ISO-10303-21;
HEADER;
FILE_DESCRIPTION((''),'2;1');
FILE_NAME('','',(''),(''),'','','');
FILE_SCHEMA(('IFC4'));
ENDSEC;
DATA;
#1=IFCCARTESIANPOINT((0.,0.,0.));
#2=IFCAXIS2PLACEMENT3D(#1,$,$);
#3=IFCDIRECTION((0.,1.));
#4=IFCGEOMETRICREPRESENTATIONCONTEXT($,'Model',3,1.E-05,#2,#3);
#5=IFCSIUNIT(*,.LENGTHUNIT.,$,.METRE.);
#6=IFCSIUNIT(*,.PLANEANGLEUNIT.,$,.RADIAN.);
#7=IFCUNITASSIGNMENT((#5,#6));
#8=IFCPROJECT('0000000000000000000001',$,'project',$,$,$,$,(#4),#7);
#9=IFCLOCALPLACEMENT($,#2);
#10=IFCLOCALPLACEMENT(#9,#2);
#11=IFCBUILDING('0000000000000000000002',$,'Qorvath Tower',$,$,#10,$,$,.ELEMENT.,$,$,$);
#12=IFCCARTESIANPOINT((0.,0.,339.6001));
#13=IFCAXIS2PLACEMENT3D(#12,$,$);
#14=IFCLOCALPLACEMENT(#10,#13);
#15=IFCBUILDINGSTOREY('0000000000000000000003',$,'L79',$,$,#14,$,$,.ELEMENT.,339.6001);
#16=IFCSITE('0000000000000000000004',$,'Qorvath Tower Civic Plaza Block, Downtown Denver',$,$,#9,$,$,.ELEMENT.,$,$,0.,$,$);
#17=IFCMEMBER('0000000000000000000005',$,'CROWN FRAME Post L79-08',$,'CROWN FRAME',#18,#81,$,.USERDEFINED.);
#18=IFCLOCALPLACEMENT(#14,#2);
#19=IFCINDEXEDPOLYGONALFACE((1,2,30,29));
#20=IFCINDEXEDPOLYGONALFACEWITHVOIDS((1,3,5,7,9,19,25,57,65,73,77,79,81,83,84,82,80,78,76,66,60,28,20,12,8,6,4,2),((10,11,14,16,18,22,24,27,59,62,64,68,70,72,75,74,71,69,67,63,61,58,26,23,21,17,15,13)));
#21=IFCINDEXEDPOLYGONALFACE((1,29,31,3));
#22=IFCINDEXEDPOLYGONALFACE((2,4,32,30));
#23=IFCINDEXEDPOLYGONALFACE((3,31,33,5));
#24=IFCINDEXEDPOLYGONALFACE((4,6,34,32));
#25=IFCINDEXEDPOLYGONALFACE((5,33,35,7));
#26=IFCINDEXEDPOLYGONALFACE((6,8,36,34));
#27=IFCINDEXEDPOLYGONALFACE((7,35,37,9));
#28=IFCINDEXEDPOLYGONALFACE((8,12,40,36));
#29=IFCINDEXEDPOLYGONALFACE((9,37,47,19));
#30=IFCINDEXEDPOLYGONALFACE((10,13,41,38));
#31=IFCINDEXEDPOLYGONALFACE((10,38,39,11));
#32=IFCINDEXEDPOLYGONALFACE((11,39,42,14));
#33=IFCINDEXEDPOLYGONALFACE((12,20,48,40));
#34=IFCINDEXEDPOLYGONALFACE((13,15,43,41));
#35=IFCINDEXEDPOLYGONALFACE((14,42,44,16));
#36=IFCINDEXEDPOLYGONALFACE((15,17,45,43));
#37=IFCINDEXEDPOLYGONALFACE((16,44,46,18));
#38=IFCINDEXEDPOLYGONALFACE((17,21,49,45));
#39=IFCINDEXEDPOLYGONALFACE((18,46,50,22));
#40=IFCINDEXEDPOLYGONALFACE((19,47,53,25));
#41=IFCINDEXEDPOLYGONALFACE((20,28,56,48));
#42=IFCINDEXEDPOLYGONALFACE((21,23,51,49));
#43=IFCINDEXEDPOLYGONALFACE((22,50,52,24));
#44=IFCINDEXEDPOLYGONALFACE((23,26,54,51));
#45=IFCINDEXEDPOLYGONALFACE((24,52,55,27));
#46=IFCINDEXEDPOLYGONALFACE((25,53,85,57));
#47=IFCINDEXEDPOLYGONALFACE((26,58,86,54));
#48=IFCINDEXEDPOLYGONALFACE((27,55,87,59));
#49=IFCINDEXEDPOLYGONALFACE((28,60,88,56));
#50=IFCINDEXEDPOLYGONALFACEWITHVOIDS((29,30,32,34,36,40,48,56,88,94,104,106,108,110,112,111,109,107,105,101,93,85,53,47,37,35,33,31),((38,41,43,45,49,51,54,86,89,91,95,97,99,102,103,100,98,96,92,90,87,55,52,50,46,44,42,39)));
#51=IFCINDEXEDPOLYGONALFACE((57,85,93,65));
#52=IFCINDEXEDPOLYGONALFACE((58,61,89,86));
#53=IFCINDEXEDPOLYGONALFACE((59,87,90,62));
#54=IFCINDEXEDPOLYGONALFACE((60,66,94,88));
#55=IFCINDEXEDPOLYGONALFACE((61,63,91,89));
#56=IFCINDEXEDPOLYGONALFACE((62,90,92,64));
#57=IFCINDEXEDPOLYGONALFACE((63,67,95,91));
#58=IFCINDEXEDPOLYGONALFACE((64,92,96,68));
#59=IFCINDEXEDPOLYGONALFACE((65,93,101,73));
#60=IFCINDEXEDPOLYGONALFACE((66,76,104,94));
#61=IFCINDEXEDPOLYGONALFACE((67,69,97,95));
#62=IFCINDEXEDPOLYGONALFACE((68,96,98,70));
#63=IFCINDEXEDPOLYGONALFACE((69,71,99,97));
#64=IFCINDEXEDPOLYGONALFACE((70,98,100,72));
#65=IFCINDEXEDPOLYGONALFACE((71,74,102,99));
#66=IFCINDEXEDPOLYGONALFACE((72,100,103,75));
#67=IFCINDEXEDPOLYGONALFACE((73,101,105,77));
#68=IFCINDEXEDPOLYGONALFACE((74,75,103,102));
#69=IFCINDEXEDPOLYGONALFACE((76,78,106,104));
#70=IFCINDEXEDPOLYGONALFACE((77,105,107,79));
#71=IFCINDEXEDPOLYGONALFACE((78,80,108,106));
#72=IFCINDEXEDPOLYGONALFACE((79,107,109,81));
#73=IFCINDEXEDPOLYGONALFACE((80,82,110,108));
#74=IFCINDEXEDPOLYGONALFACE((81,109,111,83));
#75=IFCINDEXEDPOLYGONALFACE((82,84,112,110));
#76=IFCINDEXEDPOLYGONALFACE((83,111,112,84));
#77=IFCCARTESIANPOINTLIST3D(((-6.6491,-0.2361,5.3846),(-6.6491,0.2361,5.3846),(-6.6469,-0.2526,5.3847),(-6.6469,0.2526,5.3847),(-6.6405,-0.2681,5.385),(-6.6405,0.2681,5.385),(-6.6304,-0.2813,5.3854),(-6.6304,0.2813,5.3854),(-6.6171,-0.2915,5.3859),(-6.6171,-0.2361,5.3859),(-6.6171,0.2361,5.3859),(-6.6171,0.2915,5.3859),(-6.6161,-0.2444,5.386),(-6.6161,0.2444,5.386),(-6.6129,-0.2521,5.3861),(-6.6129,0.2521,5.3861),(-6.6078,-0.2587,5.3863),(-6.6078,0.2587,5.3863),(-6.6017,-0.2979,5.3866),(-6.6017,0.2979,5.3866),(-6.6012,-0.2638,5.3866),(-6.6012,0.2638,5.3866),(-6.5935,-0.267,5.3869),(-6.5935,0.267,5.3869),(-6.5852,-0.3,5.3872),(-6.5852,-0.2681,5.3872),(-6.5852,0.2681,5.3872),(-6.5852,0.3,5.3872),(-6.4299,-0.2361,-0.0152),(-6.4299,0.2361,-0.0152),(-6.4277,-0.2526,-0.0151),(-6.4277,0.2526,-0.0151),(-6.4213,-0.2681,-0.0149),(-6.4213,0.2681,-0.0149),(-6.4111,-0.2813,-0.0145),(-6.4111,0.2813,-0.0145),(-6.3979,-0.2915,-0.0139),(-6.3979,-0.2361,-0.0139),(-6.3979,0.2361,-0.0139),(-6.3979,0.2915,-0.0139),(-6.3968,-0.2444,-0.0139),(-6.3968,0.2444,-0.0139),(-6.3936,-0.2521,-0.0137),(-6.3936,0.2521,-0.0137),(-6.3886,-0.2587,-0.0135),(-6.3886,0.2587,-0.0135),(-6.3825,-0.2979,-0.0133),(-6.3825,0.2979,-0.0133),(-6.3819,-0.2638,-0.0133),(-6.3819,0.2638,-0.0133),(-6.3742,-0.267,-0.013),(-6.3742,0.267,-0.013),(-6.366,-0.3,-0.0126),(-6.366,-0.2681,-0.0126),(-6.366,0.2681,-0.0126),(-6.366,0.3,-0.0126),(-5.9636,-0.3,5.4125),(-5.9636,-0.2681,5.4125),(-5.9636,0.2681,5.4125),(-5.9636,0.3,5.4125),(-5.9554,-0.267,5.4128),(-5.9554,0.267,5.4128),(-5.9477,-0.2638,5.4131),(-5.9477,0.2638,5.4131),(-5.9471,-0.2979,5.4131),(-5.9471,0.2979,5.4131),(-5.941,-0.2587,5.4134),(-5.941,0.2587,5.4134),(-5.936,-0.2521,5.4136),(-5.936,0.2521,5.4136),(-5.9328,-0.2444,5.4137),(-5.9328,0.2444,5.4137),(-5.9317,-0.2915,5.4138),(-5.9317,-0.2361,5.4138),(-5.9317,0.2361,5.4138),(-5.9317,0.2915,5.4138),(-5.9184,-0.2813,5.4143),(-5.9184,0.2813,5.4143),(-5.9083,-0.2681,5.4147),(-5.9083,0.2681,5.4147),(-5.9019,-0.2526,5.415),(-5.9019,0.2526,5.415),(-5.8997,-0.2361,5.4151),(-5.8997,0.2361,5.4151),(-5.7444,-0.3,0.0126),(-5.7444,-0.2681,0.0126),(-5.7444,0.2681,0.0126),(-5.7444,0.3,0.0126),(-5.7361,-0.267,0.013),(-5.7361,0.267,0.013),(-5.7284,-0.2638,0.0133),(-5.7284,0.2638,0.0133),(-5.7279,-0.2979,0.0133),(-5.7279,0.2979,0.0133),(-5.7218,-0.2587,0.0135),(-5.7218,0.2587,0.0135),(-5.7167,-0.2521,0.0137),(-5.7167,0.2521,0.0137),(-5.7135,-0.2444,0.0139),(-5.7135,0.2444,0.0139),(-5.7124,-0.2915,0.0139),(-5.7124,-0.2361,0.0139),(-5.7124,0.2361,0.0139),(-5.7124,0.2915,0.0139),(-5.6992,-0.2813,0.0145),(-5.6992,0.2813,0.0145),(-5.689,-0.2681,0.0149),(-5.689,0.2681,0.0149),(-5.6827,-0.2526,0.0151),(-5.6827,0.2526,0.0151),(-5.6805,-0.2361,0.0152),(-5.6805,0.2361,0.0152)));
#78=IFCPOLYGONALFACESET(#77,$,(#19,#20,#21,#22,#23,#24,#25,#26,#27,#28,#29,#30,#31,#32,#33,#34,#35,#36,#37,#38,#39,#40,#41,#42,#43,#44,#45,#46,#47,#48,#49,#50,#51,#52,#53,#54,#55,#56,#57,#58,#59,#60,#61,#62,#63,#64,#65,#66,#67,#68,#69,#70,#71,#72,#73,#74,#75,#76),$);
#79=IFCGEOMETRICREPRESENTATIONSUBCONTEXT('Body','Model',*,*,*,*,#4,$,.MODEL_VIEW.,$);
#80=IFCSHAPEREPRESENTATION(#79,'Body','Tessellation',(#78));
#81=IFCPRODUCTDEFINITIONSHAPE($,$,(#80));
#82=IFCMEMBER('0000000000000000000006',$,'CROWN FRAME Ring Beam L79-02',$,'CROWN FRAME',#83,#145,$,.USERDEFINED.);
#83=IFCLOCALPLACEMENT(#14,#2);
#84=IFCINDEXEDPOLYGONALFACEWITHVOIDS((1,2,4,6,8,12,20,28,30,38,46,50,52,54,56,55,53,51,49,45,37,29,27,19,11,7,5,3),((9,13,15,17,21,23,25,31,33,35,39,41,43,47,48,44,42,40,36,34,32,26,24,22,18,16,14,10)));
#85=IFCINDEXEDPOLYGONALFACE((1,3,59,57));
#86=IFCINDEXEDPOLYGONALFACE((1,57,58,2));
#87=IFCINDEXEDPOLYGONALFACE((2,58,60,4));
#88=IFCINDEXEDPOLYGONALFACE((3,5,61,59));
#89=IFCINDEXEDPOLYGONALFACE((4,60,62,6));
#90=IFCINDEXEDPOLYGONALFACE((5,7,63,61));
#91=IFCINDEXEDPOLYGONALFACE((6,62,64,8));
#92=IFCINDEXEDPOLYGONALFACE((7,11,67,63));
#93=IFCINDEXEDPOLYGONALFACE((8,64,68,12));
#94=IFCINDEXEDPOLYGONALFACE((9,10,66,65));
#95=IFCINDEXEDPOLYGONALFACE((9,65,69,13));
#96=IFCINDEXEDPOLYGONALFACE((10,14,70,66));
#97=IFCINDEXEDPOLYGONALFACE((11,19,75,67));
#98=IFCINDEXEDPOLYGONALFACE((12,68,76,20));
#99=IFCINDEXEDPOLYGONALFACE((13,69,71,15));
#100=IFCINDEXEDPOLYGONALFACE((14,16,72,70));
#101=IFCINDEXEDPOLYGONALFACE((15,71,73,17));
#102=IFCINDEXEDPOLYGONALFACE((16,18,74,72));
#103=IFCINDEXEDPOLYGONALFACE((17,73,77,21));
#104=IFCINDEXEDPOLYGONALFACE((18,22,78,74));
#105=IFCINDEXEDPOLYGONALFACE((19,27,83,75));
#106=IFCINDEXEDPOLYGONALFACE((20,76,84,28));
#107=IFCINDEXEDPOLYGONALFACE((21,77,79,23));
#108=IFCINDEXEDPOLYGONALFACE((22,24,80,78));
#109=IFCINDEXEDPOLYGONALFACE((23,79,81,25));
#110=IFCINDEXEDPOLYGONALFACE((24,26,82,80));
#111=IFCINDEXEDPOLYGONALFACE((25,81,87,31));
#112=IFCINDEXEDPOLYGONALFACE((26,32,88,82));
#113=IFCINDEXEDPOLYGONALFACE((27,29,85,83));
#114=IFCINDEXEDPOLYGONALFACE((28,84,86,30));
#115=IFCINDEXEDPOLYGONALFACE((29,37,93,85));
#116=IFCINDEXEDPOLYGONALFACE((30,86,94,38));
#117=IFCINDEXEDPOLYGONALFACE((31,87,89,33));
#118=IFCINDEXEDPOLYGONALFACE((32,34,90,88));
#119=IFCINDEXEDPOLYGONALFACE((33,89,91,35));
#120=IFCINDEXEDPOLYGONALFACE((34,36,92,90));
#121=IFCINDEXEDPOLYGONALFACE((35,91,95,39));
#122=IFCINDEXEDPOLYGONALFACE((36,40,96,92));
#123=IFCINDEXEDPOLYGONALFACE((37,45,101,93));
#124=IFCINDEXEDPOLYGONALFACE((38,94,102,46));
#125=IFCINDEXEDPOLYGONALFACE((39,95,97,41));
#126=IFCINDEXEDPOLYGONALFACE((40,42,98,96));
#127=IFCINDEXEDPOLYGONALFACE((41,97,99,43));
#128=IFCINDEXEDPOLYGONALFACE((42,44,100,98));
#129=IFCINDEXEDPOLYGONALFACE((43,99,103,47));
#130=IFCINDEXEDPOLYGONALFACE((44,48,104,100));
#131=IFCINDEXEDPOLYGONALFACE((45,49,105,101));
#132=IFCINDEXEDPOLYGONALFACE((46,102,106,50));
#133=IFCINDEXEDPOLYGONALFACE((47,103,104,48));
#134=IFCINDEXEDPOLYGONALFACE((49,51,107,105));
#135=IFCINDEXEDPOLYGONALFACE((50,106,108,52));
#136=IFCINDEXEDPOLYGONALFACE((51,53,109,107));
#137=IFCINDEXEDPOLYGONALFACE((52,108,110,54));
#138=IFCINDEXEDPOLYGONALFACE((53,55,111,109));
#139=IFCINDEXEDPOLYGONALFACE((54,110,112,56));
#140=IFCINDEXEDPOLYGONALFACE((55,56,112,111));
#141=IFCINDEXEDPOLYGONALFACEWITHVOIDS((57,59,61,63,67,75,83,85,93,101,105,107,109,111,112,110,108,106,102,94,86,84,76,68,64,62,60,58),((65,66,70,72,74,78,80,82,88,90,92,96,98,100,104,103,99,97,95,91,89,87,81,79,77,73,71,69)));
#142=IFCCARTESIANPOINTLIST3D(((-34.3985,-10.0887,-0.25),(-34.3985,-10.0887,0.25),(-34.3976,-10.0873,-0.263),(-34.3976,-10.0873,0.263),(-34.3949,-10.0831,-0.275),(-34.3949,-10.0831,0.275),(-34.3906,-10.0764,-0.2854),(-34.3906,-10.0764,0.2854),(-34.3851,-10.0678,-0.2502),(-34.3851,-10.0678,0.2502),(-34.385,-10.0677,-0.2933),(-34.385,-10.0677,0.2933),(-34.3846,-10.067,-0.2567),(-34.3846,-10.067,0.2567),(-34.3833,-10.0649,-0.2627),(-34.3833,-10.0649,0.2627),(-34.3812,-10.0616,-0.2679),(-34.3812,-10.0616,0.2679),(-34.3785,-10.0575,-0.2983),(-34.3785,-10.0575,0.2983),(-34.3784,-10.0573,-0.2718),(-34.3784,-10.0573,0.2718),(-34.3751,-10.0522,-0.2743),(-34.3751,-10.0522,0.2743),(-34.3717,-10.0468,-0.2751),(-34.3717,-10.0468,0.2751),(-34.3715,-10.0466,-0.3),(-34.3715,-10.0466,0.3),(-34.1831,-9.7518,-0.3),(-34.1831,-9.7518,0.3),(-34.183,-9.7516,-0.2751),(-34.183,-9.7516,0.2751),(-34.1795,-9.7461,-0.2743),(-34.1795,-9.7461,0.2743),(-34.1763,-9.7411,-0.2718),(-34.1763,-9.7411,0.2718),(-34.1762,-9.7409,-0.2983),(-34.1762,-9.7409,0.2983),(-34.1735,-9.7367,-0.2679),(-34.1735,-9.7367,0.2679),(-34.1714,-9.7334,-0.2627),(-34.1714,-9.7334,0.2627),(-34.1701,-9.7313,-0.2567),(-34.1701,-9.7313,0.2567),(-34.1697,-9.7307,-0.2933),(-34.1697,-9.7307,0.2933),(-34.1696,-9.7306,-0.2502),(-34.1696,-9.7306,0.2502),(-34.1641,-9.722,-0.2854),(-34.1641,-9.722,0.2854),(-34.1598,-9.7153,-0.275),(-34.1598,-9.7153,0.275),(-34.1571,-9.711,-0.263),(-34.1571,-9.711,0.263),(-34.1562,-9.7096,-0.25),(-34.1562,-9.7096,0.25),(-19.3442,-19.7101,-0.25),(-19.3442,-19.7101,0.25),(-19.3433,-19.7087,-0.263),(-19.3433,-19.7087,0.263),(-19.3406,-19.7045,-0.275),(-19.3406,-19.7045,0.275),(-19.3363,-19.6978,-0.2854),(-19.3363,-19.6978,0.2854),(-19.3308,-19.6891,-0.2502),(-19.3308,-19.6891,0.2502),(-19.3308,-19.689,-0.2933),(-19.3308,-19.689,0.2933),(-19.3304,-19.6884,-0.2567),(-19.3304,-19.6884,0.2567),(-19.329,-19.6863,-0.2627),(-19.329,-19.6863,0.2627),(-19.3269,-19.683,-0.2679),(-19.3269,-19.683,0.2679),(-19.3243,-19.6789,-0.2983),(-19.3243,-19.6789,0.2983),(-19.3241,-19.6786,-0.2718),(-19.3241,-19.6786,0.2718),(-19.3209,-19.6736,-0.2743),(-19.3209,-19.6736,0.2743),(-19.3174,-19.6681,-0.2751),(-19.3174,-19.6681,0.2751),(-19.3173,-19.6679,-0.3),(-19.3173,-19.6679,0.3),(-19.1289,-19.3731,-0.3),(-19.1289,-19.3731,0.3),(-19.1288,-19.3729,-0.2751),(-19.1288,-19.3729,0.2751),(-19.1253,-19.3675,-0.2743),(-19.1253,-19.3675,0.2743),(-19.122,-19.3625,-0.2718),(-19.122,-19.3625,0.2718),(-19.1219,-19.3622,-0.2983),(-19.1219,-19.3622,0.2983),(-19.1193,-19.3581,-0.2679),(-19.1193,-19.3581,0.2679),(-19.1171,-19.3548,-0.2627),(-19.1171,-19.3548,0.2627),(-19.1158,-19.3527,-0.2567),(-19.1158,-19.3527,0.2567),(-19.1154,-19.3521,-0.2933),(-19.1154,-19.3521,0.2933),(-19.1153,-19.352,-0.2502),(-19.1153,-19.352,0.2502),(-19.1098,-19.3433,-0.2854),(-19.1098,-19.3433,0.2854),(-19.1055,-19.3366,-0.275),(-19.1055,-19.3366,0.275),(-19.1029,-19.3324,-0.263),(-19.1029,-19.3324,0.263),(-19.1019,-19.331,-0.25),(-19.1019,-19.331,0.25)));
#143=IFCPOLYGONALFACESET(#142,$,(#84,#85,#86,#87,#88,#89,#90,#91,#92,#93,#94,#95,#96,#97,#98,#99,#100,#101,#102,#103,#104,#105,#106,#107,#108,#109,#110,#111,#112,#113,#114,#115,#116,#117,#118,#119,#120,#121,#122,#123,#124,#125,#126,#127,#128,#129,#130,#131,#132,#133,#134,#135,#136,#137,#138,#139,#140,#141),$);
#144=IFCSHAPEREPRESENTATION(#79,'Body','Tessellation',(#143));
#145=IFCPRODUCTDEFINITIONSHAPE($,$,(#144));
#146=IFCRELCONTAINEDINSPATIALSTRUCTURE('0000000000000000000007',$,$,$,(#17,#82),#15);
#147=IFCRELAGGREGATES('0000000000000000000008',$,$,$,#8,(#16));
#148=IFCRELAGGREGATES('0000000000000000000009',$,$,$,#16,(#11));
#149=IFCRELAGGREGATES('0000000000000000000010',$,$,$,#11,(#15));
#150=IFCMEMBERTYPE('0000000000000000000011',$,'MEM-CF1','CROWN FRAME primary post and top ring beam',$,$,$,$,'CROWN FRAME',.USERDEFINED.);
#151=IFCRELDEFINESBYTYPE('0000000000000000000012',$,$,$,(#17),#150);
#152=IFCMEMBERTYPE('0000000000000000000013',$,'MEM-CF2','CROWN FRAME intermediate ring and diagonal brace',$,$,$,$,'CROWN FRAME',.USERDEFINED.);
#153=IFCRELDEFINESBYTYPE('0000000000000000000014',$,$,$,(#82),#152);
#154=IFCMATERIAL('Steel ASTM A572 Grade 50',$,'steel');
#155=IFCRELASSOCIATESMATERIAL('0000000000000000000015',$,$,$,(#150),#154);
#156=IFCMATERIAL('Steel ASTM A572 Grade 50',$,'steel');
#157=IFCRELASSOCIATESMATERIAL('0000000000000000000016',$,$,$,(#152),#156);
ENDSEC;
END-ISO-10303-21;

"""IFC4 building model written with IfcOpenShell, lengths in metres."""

from ifc_helpers import new_model, si_unit, direction, frame, origin, origin_2d, place, context, subcontext, project, spatial, hollow_rectangle, extrude, material, material_profile, profile_set, type_object, element, save


model = new_model("IFC4")

# Units and contexts
model_context = context("Model", 3, precision=1e-05, world=origin(), true_north=direction((0.0, 1.0)))
body_context = subcontext(model_context, "Body", "Model", "MODEL_VIEW")
ifc_project = project(units=[si_unit("LENGTHUNIT", "METRE"), si_unit("PLANEANGLEUNIT", "RADIAN")], contexts=[model_context])

# Site, building, storey
site_placement = place(None, origin())
site = spatial("IfcSite", under=ifc_project, at=site_placement, Name="Qorvath Tower Civic Plaza Block, Downtown Denver", CompositionType="ELEMENT", RefElevation=0.0)
building_placement = place(site_placement, origin())
building = spatial("IfcBuilding", under=site, at=building_placement, Name="Qorvath Tower", CompositionType="ELEMENT")
storey_placement = place(building_placement, frame((0.0, 0.0, 339.6001)))
storey = spatial("IfcBuildingStorey", under=building, at=storey_placement, Name="L79", CompositionType="ELEMENT", Elevation=339.6001)

# Members
ifc_material_1 = material(Name="Steel ASTM A572 Grade 50", Category="steel")
ifc_material_profile_1 = material_profile(ifc_material_1, hollow_rectangle(XDim=0.6001, YDim=0.75, WallThickness=0.032, InnerFilletRadius=0.032, OuterFilletRadius=0.064, at=origin_2d()), Name="CROWN BOX 750x600x32")
ifc_profile_set_1 = profile_set([ifc_material_profile_1], Name="Steel ASTM A572 Grade 50")
member_type_1 = type_object("IfcMemberType", Name="MEM-CF1", Description="CROWN FRAME primary post and top ring beam", ElementType="CROWN FRAME", PredefinedType="USERDEFINED", material=ifc_profile_set_1)
member_1_placement = place(storey_placement, frame((-6.0552, 0.0, 0.0), z_axis=(-0.040567, 0.0, 0.999177), x_axis=(0.0, -1.0, 0.0)))
element("IfcMember", 1, at=member_1_placement, inside=storey, type_object=member_type_1, Name="CROWN FRAME Post L79-08", ObjectType="CROWN FRAME", PredefinedType="USERDEFINED", context=body_context, shape_type="SweptSolid", body=[
    extrude(hollow_rectangle(XDim=0.6001, YDim=0.75, WallThickness=0.032, InnerFilletRadius=0.032, OuterFilletRadius=0.064, at=origin_2d()), origin(), (0.0, 0.0, 1.0), 5.4043),
])
ifc_material_2 = material(Name="Steel ASTM A572 Grade 50", Category="steel")
ifc_material_profile_2 = material_profile(ifc_material_2, hollow_rectangle(XDim=0.45, YDim=0.6001, WallThickness=0.0249, InnerFilletRadius=0.0249, OuterFilletRadius=0.05, at=origin_2d()), Name="CROWN BOX 600x450x25")
ifc_profile_set_2 = profile_set([ifc_material_profile_2], Name="Steel ASTM A572 Grade 50")
member_type_2 = type_object("IfcMemberType", Name="MEM-CF2", Description="CROWN FRAME intermediate ring and diagonal brace", ElementType="CROWN FRAME", PredefinedType="USERDEFINED", material=ifc_profile_set_2)
member_2_placement = place(storey_placement, frame((-34.2773, -9.8992, 0.0), z_axis=(0.84261, -0.538524, 0.0), x_axis=(0.538524, 0.84261, 0.0)))
element("IfcMember", 2, at=member_2_placement, inside=storey, type_object=member_type_2, Name="CROWN FRAME Ring Beam L79-02", ObjectType="CROWN FRAME", PredefinedType="USERDEFINED", context=body_context, shape_type="SweptSolid", body=[
    extrude(hollow_rectangle(XDim=0.45, YDim=0.6001, WallThickness=0.0249, InnerFilletRadius=0.0249, OuterFilletRadius=0.05, at=origin_2d()), origin(), (0.0, 0.0, 1.0), 17.8662),
])

save(model, "model.ifc")
